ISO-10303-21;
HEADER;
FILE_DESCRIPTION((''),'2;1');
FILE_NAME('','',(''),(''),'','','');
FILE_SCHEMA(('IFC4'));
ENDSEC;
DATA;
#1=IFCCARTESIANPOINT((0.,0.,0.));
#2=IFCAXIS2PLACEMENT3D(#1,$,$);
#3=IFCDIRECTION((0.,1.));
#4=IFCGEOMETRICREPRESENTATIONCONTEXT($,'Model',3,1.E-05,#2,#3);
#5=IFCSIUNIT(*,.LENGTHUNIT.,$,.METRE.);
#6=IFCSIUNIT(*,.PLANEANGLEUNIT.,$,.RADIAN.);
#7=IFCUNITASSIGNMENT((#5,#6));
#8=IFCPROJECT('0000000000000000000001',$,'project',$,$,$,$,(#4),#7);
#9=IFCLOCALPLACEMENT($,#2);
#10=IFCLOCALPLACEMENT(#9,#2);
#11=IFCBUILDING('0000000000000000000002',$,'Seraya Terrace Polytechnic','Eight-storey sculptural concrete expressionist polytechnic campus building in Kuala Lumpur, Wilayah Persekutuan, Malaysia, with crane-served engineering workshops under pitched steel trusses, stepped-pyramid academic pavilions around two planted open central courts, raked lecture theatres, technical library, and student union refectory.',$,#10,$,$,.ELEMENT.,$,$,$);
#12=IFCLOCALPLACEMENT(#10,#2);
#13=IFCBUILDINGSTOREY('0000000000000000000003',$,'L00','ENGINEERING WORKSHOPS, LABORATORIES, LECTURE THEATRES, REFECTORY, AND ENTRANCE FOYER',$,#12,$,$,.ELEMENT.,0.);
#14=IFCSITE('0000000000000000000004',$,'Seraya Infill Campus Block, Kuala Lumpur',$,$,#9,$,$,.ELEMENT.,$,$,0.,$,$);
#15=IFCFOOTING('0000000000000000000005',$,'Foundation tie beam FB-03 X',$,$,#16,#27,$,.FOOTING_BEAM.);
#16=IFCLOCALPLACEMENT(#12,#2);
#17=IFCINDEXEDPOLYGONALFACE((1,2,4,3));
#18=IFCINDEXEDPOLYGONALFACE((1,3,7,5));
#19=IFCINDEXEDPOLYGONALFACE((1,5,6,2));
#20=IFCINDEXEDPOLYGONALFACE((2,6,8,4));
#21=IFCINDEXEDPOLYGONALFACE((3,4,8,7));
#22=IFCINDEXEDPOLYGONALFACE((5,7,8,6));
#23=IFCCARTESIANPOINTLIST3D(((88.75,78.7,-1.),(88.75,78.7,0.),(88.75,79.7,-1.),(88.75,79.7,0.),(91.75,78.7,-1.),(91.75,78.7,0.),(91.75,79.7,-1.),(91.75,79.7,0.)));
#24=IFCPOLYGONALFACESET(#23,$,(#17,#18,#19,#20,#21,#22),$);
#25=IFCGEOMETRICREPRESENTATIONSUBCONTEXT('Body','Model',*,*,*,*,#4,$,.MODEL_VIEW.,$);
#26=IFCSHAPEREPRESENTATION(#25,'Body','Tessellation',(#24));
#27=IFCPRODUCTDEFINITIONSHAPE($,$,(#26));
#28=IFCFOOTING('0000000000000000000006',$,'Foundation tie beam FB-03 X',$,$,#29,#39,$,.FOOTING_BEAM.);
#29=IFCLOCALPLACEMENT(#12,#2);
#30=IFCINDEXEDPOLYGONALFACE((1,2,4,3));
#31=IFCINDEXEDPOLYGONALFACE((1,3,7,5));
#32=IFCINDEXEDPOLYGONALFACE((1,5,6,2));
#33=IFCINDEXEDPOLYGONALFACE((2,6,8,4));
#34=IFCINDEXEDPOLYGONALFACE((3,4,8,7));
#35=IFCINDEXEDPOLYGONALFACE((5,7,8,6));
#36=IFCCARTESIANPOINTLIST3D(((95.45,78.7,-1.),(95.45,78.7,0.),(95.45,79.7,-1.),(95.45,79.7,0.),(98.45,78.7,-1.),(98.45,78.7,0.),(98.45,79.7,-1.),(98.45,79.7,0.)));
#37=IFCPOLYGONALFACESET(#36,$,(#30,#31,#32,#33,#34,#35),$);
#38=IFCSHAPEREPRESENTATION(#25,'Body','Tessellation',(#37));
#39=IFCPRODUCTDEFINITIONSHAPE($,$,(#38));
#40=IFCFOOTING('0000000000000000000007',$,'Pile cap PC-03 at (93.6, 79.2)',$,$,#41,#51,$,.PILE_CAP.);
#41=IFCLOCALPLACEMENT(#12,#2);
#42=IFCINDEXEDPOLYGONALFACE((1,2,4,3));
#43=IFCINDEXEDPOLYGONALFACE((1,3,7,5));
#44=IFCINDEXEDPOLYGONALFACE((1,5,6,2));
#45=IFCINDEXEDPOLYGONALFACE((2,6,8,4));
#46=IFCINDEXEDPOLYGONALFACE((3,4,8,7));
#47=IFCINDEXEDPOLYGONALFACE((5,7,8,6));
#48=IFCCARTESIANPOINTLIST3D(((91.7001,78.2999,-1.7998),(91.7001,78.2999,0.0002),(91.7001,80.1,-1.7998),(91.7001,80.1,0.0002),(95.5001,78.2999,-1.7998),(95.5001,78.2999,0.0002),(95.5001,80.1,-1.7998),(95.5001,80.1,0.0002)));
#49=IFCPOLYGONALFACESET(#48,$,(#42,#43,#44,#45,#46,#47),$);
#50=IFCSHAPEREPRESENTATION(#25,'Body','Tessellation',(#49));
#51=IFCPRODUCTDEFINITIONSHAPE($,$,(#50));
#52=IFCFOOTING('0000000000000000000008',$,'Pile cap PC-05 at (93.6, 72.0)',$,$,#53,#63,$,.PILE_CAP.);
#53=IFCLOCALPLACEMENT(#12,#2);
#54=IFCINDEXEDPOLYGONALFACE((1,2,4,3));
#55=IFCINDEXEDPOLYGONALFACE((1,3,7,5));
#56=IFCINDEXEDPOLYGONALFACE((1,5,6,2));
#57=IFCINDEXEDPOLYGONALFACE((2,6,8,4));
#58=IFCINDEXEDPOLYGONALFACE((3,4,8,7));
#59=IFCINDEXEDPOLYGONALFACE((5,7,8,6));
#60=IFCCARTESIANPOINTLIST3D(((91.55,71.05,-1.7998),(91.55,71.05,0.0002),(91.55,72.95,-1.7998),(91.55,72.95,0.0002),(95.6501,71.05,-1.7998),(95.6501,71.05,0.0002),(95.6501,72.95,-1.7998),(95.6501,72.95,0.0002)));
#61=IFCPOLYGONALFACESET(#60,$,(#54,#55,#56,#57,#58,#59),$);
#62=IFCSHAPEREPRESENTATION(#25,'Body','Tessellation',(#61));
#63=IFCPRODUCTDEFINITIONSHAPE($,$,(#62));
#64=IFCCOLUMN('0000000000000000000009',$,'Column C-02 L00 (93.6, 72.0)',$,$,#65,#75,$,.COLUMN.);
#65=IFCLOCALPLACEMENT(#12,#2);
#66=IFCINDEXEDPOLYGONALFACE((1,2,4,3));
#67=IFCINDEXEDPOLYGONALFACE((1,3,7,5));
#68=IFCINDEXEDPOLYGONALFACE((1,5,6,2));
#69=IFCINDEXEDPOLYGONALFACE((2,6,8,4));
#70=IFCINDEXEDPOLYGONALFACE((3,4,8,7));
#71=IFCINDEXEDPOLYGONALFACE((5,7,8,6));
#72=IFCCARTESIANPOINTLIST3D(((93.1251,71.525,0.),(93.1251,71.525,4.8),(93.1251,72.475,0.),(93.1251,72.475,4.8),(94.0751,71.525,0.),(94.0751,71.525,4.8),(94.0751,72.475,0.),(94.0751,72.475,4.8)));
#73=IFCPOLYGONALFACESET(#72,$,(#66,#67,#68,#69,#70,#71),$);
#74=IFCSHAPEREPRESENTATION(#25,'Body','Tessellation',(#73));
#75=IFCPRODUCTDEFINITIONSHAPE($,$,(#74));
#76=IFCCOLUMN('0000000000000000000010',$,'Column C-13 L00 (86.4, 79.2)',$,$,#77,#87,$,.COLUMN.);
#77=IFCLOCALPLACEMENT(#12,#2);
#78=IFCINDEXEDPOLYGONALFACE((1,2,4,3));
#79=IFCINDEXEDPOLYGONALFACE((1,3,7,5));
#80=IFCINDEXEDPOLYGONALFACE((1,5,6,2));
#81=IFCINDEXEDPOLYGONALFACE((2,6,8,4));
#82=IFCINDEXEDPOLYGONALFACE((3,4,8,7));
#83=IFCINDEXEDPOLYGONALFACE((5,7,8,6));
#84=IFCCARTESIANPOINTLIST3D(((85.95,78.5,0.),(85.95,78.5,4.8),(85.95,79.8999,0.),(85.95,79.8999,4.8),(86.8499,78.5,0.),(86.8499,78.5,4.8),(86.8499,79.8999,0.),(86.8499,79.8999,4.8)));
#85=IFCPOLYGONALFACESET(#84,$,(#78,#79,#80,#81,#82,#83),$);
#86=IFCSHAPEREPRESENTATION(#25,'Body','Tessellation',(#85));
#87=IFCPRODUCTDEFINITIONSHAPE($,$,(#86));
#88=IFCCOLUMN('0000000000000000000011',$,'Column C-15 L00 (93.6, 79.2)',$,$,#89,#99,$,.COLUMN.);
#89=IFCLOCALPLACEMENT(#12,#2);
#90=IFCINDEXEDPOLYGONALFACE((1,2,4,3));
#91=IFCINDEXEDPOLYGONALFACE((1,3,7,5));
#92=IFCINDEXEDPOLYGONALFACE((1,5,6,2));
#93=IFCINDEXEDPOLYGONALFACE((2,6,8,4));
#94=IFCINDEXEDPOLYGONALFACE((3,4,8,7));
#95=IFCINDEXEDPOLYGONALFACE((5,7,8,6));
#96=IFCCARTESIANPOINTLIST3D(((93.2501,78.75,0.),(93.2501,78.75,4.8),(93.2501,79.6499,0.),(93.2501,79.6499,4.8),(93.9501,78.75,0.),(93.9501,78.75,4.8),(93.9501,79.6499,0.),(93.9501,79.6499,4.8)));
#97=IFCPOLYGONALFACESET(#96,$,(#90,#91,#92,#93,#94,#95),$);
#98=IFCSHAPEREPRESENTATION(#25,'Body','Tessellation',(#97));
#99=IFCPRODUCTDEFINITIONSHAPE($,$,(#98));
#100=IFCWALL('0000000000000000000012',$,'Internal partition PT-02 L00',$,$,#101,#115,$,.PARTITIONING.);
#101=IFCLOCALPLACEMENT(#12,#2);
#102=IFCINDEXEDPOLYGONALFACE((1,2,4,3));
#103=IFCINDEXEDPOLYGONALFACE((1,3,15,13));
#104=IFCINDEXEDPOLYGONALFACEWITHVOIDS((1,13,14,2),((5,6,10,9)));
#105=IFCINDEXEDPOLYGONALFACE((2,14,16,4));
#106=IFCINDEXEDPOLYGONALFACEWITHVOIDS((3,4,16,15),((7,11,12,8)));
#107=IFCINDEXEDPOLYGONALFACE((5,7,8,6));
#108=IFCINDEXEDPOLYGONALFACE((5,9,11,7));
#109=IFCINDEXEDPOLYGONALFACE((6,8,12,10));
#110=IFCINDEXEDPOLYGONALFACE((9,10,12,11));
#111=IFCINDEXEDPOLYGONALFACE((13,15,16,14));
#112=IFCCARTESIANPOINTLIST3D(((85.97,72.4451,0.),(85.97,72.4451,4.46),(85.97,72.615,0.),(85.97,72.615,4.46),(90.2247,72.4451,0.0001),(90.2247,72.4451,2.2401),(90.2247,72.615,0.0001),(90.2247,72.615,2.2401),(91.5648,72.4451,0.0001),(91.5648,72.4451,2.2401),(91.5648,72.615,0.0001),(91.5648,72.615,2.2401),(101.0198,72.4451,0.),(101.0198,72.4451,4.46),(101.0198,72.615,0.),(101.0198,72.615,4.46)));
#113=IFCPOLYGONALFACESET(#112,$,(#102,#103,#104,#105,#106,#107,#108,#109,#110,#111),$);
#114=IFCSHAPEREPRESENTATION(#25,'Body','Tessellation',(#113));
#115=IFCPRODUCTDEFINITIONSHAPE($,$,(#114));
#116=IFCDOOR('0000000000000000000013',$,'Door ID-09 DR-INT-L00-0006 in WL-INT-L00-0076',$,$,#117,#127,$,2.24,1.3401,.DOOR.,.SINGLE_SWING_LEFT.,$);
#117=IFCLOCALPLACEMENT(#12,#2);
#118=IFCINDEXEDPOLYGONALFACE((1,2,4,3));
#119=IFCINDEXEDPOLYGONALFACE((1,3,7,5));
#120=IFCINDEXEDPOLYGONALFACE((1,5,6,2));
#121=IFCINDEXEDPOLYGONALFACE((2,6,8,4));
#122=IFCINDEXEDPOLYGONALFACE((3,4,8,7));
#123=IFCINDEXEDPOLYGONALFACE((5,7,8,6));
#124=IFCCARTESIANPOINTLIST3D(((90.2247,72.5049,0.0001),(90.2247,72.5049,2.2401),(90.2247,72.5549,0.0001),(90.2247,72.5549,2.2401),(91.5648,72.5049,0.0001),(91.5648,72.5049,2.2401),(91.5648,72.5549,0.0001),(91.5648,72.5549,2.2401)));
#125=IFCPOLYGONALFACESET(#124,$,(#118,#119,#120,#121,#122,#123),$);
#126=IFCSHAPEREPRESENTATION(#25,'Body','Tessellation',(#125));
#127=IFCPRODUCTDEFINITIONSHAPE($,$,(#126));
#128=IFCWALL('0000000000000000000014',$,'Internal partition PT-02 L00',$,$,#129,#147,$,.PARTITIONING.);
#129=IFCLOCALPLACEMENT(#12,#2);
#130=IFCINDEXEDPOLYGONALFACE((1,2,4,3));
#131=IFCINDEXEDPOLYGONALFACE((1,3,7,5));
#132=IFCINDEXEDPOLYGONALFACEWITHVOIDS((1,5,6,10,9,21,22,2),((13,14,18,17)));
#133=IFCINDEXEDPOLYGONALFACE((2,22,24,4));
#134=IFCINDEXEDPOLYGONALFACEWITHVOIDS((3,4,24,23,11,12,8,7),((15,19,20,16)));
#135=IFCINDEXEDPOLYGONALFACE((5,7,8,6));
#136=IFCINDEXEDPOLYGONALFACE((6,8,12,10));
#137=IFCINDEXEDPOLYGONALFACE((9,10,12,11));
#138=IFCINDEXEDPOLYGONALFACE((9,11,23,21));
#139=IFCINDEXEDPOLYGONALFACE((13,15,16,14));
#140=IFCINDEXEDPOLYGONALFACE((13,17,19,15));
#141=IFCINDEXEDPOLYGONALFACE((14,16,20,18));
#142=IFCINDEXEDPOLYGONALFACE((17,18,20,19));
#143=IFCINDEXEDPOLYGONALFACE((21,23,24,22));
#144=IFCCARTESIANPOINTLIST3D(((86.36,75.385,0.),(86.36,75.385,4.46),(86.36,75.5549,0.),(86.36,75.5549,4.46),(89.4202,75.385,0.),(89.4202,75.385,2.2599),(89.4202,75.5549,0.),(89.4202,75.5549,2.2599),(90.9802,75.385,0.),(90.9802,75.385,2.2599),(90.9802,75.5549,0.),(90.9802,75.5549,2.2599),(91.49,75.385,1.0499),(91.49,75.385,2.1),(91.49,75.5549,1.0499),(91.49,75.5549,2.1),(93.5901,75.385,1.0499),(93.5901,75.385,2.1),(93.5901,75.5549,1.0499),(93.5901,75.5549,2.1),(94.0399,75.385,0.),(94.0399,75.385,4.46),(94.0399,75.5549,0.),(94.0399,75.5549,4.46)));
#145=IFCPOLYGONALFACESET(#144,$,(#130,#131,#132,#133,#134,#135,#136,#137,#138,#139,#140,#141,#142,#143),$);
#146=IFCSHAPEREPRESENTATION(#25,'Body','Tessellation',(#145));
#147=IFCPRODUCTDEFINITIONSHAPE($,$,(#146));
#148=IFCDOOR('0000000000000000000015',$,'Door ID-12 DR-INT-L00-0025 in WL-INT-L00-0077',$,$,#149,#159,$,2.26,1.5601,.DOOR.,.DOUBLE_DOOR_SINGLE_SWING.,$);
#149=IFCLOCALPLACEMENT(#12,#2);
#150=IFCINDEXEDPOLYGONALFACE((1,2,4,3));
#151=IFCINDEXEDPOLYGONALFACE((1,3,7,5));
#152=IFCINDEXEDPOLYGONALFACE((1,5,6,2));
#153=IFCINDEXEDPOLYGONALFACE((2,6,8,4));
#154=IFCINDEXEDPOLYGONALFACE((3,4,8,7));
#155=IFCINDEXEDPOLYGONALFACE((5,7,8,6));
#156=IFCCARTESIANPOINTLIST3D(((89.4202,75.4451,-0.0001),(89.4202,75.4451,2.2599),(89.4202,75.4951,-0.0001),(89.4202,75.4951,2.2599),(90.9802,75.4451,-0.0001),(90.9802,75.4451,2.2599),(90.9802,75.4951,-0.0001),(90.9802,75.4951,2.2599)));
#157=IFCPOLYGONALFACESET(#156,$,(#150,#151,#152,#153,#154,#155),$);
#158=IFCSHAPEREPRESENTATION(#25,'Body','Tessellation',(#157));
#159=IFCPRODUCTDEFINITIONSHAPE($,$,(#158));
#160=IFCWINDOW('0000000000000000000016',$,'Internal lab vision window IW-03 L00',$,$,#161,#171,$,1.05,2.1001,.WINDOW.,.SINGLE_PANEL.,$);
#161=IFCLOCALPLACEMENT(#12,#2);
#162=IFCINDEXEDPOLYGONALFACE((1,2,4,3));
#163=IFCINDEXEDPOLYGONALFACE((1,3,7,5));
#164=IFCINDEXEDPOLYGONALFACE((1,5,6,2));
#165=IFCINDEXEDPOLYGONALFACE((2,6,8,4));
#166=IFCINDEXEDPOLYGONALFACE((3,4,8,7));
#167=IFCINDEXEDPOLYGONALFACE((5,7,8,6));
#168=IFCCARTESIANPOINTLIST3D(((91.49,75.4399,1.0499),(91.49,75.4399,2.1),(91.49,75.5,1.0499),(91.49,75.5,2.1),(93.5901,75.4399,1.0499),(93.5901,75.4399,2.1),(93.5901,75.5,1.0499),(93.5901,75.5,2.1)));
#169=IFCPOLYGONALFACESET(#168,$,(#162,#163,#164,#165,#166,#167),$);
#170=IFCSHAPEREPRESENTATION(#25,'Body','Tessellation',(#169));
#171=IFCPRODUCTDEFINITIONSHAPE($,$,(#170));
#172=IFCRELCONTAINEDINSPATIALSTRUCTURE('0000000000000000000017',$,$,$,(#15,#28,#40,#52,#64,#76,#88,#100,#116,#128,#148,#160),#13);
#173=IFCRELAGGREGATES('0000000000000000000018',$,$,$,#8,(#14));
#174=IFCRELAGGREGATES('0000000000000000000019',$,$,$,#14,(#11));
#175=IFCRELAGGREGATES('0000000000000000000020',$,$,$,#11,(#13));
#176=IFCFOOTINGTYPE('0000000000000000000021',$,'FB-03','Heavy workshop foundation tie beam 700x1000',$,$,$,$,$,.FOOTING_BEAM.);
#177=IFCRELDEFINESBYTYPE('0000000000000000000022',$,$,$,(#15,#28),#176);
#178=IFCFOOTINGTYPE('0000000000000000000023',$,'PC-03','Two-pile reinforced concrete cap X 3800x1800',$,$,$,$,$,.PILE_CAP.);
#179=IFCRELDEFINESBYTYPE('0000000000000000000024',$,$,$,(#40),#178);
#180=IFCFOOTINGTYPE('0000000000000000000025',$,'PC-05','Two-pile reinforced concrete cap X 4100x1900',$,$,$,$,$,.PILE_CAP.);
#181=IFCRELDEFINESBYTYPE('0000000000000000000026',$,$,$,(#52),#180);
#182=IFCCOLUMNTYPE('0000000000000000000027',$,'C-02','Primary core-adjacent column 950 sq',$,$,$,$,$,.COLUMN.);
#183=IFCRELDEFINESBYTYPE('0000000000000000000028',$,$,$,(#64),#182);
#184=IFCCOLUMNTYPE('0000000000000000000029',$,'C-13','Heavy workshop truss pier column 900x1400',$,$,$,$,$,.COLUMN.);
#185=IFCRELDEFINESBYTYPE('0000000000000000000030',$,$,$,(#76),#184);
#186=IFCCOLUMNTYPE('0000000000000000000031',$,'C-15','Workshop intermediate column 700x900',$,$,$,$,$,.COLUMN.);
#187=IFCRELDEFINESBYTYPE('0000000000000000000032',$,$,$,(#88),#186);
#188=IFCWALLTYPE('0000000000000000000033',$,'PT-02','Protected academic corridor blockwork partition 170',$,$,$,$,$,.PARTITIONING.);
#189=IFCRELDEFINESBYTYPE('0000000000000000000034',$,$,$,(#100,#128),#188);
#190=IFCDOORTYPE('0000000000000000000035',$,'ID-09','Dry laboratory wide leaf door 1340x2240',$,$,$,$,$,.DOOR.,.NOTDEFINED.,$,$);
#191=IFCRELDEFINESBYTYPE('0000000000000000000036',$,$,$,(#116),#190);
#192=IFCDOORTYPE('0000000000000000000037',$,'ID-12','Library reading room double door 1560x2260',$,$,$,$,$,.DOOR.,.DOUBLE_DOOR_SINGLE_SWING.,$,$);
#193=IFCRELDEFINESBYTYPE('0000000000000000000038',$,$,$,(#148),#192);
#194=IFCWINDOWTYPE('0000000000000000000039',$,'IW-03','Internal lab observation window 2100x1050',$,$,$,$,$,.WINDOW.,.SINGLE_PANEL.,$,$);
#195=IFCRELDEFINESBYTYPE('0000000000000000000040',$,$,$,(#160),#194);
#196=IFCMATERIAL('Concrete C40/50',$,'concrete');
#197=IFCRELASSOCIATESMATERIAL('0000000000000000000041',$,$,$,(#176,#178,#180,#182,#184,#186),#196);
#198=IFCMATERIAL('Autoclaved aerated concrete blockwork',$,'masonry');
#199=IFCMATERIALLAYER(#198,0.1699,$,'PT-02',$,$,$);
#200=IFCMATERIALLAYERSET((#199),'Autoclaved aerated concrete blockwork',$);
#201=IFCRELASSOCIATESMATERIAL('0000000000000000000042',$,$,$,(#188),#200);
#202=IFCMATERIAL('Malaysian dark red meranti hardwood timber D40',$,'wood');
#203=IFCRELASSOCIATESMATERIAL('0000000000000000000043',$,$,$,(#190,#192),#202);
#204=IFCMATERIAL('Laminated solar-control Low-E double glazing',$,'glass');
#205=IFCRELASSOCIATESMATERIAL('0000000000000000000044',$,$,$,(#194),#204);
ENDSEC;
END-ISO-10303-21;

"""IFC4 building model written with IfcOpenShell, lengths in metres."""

from ifc_helpers import new_model, si_unit, direction, frame, frame_2d, origin, origin_2d, place, context, subcontext, project, spatial, rectangle, extrude, material, layer, layer_set, material_profile, profile_set, type_object, element, fill, save


model = new_model("IFC4")

# Units and contexts
model_context = context("Model", 3, precision=1e-05, world=origin(), true_north=direction((0.0, 1.0)))
body_context = subcontext(model_context, "Body", "Model", "MODEL_VIEW")
ifc_project = project(units=[si_unit("LENGTHUNIT", "METRE"), si_unit("PLANEANGLEUNIT", "RADIAN")], contexts=[model_context])

# Site, building, storey
site_placement = place(None, origin())
site = spatial("IfcSite", under=ifc_project, at=site_placement, Name="Seraya Infill Campus Block, Kuala Lumpur", CompositionType="ELEMENT", RefElevation=0.0)
building_placement = place(site_placement, origin())
building = spatial("IfcBuilding", under=site, at=building_placement, Name="Seraya Terrace Polytechnic", Description="Eight-storey sculptural concrete expressionist polytechnic campus building in Kuala Lumpur, Wilayah Persekutuan, Malaysia, with crane-served engineering workshops under pitched steel trusses, stepped-pyramid academic pavilions around two planted open central courts, raked lecture theatres, technical library, and student union refectory.", CompositionType="ELEMENT")
storey_placement = place(building_placement, origin())
storey = spatial("IfcBuildingStorey", under=building, at=storey_placement, Name="L00", Description="ENGINEERING WORKSHOPS, LABORATORIES, LECTURE THEATRES, REFECTORY, AND ENTRANCE FOYER", CompositionType="ELEMENT", Elevation=0.0)

# Shared definitions
ifc_material_1 = material(Name="Concrete C40/50", Category="concrete")

# Footings
footing_type_1 = type_object("IfcFootingType", Name="FB-03", Description="Heavy workshop foundation tie beam 700x1000", PredefinedType="FOOTING_BEAM", material=ifc_material_1)
for number, where, z_axis, x_axis, name in (
    (1, (90.25, 79.2, -1.0), (0.0, 0.0, 1.0), (1.0, 0.0, 0.0), "Foundation tie beam FB-03 X"),
    (2, (96.95, 79.2, -1.0), (0.0, 0.0, 1.0), (1.0, 0.0, 0.0), "Foundation tie beam FB-03 X"),
):
    element("IfcFooting", number, at=place(storey_placement, frame(where, z_axis=z_axis, x_axis=x_axis)), inside=storey, type_object=footing_type_1, Name=name, PredefinedType="FOOTING_BEAM", context=body_context, shape_type="SweptSolid", body=[
        extrude(rectangle(XDim=3.0, YDim=1.0, at=origin_2d()), origin(), (0.0, 0.0, 1.0), 1.0),
    ])
footing_type_2 = type_object("IfcFootingType", Name="PC-03", Description="Two-pile reinforced concrete cap X 3800x1800", PredefinedType="PILE_CAP", material=ifc_material_1)
footing_1_placement = place(storey_placement, frame((93.6001, 79.2, -1.7998), z_axis=(0.0, 0.0, 1.0), x_axis=(1.0, 0.0, 0.0)))
element("IfcFooting", 3, at=footing_1_placement, inside=storey, type_object=footing_type_2, Name="Pile cap PC-03 at (93.6, 79.2)", PredefinedType="PILE_CAP", context=body_context, shape_type="SweptSolid", body=[
    extrude(rectangle(XDim=3.8, YDim=1.8, at=origin_2d()), origin(), (0.0, 0.0, 1.0), 1.8),
])
footing_type_3 = type_object("IfcFootingType", Name="PC-05", Description="Two-pile reinforced concrete cap X 4100x1900", PredefinedType="PILE_CAP", material=ifc_material_1)
footing_2_placement = place(storey_placement, frame((93.6001, 72.0, -1.7998), z_axis=(0.0, 0.0, 1.0), x_axis=(1.0, 0.0, 0.0)))
element("IfcFooting", 4, at=footing_2_placement, inside=storey, type_object=footing_type_3, Name="Pile cap PC-05 at (93.6, 72.0)", PredefinedType="PILE_CAP", context=body_context, shape_type="SweptSolid", body=[
    extrude(rectangle(XDim=4.1001, YDim=1.8999, at=origin_2d()), origin(), (0.0, 0.0, 1.0), 1.8),
])

# Columns
ifc_material_profile_1 = material_profile(ifc_material_1, rectangle(XDim=0.95, YDim=0.95, at=origin_2d()), Name="RC 950x950")
ifc_profile_set_1 = profile_set([ifc_material_profile_1], Name="Concrete C40/50")
column_type_1 = type_object("IfcColumnType", Name="C-02", Description="Primary core-adjacent column 950 sq", PredefinedType="COLUMN", material=ifc_profile_set_1)
column_1_placement = place(storey_placement, frame((93.6001, 72.0, 0.0), z_axis=(0.0, 0.0, 1.0), x_axis=(1.0, 0.0, 0.0)))
element("IfcColumn", 5, at=column_1_placement, inside=storey, type_object=column_type_1, Name="Column C-02 L00 (93.6, 72.0)", PredefinedType="COLUMN", context=body_context, shape_type="SweptSolid", body=[
    extrude(rectangle(XDim=0.95, YDim=0.95, at=origin_2d()), origin(), (0.0, 0.0, 1.0), 4.8),
])
ifc_material_profile_2 = material_profile(ifc_material_1, rectangle(XDim=0.8999, YDim=1.3999, at=origin_2d()), Name="RC 900x1400")
ifc_profile_set_2 = profile_set([ifc_material_profile_2], Name="Concrete C40/50")
column_type_2 = type_object("IfcColumnType", Name="C-13", Description="Heavy workshop truss pier column 900x1400", PredefinedType="COLUMN", material=ifc_profile_set_2)
column_2_placement = place(storey_placement, frame((86.3999, 79.2, 0.0), z_axis=(0.0, 0.0, 1.0), x_axis=(1.0, 0.0, 0.0)))
element("IfcColumn", 6, at=column_2_placement, inside=storey, type_object=column_type_2, Name="Column C-13 L00 (86.4, 79.2)", PredefinedType="COLUMN", context=body_context, shape_type="SweptSolid", body=[
    extrude(rectangle(XDim=0.8999, YDim=1.3999, at=origin_2d()), origin(), (0.0, 0.0, 1.0), 4.8),
])
ifc_material_profile_3 = material_profile(ifc_material_1, rectangle(XDim=0.7, YDim=0.8999, at=origin_2d()), Name="RC 700x900")
ifc_profile_set_3 = profile_set([ifc_material_profile_3], Name="Concrete C40/50")
column_type_3 = type_object("IfcColumnType", Name="C-15", Description="Workshop intermediate column 700x900", PredefinedType="COLUMN", material=ifc_profile_set_3)
column_3_placement = place(storey_placement, frame((93.6001, 79.2, 0.0), z_axis=(0.0, 0.0, 1.0), x_axis=(1.0, 0.0, 0.0)))
element("IfcColumn", 7, at=column_3_placement, inside=storey, type_object=column_type_3, Name="Column C-15 L00 (93.6, 79.2)", PredefinedType="COLUMN", context=body_context, shape_type="SweptSolid", body=[
    extrude(rectangle(XDim=0.7, YDim=0.8999, at=origin_2d()), origin(), (0.0, 0.0, 1.0), 4.8),
])

# Wall, opening, door
ifc_material_2 = material(Name="Autoclaved aerated concrete blockwork", Category="masonry")
ifc_layer_1 = layer(ifc_material_2, 0.1699, Name="PT-02")
ifc_layer_set_1 = layer_set([ifc_layer_1], Name="Autoclaved aerated concrete blockwork")
wall_type_1 = type_object("IfcWallType", Name="PT-02", Description="Protected academic corridor blockwork partition 170", PredefinedType="PARTITIONING", material=ifc_layer_set_1)
wall_1_placement = place(storey_placement, frame((85.97, 72.53, 0.0), z_axis=(0.0, 0.0, 1.0), x_axis=(1.0, 0.0, 0.0)))
wall_1 = element("IfcWall", 8, at=wall_1_placement, inside=storey, type_object=wall_type_1, Name="Internal partition PT-02 L00", PredefinedType="PARTITIONING", context=body_context, shape_type="SweptSolid", body=[
    extrude(rectangle(XDim=15.0498, YDim=0.1699, at=frame_2d((7.5249, 0.0))), origin(), (0.0, 0.0, 1.0), 4.46),
])
opening_1_placement = place(wall_1_placement, frame((4.2549, 0.0, 0.0)))
opening_1 = element("IfcOpeningElement", 9, at=opening_1_placement, cuts=wall_1, PredefinedType="OPENING", context=body_context, shape_type="SweptSolid", body=[
    extrude(rectangle(XDim=1.3401, YDim=2.24, at=frame_2d((0.6699, 1.1201))), frame((0.0, 0.0969, 0.0), z_axis=(0.0, -1.0, 0.0), x_axis=(1.0, 0.0, 0.0)), (0.0, 0.0, 1.0), 0.1938),
])
ifc_material_3 = material(Name="Malaysian dark red meranti hardwood timber D40", Category="wood")
door_type_1 = type_object("IfcDoorType", Name="ID-09", Description="Dry laboratory wide leaf door 1340x2240", OperationType="NOTDEFINED", PredefinedType="DOOR", material=ifc_material_3)
door_1_placement = place(opening_1_placement, origin())
door_1 = element("IfcDoor", 10, at=door_1_placement, inside=storey, type_object=door_type_1, Name="Door ID-09 DR-INT-L00-0006 in WL-INT-L00-0076", OperationType="SINGLE_SWING_LEFT", OverallHeight=2.24, OverallWidth=1.3401, PredefinedType="DOOR", context=body_context, shape_type="SweptSolid", body=[
    extrude(rectangle(XDim=1.3401, YDim=2.24, at=frame_2d((0.6699, 1.1201))), frame((0.0, 0.0249, 0.0), z_axis=(0.0, -1.0, 0.0), x_axis=(1.0, 0.0, 0.0)), (0.0, 0.0, 1.0), 0.05),
])
fill(opening_1, door_1)

# Wall, openings, door, window
wall_2_placement = place(storey_placement, frame((86.3601, 75.47, 0.0), z_axis=(0.0, 0.0, 1.0), x_axis=(1.0, 0.0, 0.0)))
wall_2 = element("IfcWall", 11, at=wall_2_placement, inside=storey, type_object=wall_type_1, Name="Internal partition PT-02 L00", PredefinedType="PARTITIONING", context=body_context, shape_type="SweptSolid", body=[
    extrude(rectangle(XDim=7.6799, YDim=0.1699, at=frame_2d((3.8398, 0.0))), origin(), (0.0, 0.0, 1.0), 4.46),
])
opening_2_placement = place(wall_2_placement, frame((3.0601, 0.0, 0.0)))
opening_2 = element("IfcOpeningElement", 12, at=opening_2_placement, cuts=wall_2, PredefinedType="OPENING", context=body_context, shape_type="SweptSolid", body=[
    extrude(rectangle(XDim=1.5601, YDim=2.26, at=frame_2d((0.78, 1.1299))), frame((0.0, 0.0969, 0.0), z_axis=(0.0, -1.0, 0.0), x_axis=(1.0, 0.0, 0.0)), (0.0, 0.0, 1.0), 0.1938),
])
opening_3_placement = place(wall_2_placement, frame((5.1299, 0.0, 1.05)))
opening_3 = element("IfcOpeningElement", 13, at=opening_3_placement, cuts=wall_2, PredefinedType="OPENING", context=body_context, shape_type="SweptSolid", body=[
    extrude(rectangle(XDim=2.1001, YDim=1.05, at=frame_2d((1.05, 0.5249))), frame((0.0, 0.0969, 0.0), z_axis=(0.0, -1.0, 0.0), x_axis=(1.0, 0.0, 0.0)), (0.0, 0.0, 1.0), 0.1938),
])
door_type_2 = type_object("IfcDoorType", Name="ID-12", Description="Library reading room double door 1560x2260", OperationType="DOUBLE_DOOR_SINGLE_SWING", PredefinedType="DOOR", material=ifc_material_3)
door_2_placement = place(opening_2_placement, frame((1.5601, 0.0, 0.0), z_axis=(0.0, 0.0, 1.0), x_axis=(-1.0, 0.0, 0.0)))
door_2 = element("IfcDoor", 14, at=door_2_placement, inside=storey, type_object=door_type_2, Name="Door ID-12 DR-INT-L00-0025 in WL-INT-L00-0077", OperationType="DOUBLE_DOOR_SINGLE_SWING", OverallHeight=2.26, OverallWidth=1.5601, PredefinedType="DOOR", context=body_context, shape_type="SweptSolid", body=[
    extrude(rectangle(XDim=1.5601, YDim=2.26, at=frame_2d((0.78, 1.1299))), frame((0.0, 0.0249, 0.0), z_axis=(0.0, -1.0, 0.0), x_axis=(1.0, 0.0, 0.0)), (0.0, 0.0, 1.0), 0.05),
])
fill(opening_2, door_2)
ifc_material_4 = material(Name="Laminated solar-control Low-E double glazing", Category="glass")
window_type_1 = type_object("IfcWindowType", Name="IW-03", Description="Internal lab observation window 2100x1050", PartitioningType="SINGLE_PANEL", PredefinedType="WINDOW", material=ifc_material_4)
window_1_placement = place(opening_3_placement, origin())
window_1 = element("IfcWindow", 15, at=window_1_placement, inside=storey, type_object=window_type_1, Name="Internal lab vision window IW-03 L00", OverallHeight=1.05, OverallWidth=2.1001, PartitioningType="SINGLE_PANEL", PredefinedType="WINDOW", context=body_context, shape_type="SweptSolid", body=[
    extrude(rectangle(XDim=2.1001, YDim=1.05, at=frame_2d((1.05, 0.5249))), frame((0.0, 0.03, 0.0), z_axis=(0.0, -1.0, 0.0), x_axis=(1.0, 0.0, 0.0)), (0.0, 0.0, 1.0), 0.0601),
])
fill(opening_3, window_1)

save(model, "model.ifc")
